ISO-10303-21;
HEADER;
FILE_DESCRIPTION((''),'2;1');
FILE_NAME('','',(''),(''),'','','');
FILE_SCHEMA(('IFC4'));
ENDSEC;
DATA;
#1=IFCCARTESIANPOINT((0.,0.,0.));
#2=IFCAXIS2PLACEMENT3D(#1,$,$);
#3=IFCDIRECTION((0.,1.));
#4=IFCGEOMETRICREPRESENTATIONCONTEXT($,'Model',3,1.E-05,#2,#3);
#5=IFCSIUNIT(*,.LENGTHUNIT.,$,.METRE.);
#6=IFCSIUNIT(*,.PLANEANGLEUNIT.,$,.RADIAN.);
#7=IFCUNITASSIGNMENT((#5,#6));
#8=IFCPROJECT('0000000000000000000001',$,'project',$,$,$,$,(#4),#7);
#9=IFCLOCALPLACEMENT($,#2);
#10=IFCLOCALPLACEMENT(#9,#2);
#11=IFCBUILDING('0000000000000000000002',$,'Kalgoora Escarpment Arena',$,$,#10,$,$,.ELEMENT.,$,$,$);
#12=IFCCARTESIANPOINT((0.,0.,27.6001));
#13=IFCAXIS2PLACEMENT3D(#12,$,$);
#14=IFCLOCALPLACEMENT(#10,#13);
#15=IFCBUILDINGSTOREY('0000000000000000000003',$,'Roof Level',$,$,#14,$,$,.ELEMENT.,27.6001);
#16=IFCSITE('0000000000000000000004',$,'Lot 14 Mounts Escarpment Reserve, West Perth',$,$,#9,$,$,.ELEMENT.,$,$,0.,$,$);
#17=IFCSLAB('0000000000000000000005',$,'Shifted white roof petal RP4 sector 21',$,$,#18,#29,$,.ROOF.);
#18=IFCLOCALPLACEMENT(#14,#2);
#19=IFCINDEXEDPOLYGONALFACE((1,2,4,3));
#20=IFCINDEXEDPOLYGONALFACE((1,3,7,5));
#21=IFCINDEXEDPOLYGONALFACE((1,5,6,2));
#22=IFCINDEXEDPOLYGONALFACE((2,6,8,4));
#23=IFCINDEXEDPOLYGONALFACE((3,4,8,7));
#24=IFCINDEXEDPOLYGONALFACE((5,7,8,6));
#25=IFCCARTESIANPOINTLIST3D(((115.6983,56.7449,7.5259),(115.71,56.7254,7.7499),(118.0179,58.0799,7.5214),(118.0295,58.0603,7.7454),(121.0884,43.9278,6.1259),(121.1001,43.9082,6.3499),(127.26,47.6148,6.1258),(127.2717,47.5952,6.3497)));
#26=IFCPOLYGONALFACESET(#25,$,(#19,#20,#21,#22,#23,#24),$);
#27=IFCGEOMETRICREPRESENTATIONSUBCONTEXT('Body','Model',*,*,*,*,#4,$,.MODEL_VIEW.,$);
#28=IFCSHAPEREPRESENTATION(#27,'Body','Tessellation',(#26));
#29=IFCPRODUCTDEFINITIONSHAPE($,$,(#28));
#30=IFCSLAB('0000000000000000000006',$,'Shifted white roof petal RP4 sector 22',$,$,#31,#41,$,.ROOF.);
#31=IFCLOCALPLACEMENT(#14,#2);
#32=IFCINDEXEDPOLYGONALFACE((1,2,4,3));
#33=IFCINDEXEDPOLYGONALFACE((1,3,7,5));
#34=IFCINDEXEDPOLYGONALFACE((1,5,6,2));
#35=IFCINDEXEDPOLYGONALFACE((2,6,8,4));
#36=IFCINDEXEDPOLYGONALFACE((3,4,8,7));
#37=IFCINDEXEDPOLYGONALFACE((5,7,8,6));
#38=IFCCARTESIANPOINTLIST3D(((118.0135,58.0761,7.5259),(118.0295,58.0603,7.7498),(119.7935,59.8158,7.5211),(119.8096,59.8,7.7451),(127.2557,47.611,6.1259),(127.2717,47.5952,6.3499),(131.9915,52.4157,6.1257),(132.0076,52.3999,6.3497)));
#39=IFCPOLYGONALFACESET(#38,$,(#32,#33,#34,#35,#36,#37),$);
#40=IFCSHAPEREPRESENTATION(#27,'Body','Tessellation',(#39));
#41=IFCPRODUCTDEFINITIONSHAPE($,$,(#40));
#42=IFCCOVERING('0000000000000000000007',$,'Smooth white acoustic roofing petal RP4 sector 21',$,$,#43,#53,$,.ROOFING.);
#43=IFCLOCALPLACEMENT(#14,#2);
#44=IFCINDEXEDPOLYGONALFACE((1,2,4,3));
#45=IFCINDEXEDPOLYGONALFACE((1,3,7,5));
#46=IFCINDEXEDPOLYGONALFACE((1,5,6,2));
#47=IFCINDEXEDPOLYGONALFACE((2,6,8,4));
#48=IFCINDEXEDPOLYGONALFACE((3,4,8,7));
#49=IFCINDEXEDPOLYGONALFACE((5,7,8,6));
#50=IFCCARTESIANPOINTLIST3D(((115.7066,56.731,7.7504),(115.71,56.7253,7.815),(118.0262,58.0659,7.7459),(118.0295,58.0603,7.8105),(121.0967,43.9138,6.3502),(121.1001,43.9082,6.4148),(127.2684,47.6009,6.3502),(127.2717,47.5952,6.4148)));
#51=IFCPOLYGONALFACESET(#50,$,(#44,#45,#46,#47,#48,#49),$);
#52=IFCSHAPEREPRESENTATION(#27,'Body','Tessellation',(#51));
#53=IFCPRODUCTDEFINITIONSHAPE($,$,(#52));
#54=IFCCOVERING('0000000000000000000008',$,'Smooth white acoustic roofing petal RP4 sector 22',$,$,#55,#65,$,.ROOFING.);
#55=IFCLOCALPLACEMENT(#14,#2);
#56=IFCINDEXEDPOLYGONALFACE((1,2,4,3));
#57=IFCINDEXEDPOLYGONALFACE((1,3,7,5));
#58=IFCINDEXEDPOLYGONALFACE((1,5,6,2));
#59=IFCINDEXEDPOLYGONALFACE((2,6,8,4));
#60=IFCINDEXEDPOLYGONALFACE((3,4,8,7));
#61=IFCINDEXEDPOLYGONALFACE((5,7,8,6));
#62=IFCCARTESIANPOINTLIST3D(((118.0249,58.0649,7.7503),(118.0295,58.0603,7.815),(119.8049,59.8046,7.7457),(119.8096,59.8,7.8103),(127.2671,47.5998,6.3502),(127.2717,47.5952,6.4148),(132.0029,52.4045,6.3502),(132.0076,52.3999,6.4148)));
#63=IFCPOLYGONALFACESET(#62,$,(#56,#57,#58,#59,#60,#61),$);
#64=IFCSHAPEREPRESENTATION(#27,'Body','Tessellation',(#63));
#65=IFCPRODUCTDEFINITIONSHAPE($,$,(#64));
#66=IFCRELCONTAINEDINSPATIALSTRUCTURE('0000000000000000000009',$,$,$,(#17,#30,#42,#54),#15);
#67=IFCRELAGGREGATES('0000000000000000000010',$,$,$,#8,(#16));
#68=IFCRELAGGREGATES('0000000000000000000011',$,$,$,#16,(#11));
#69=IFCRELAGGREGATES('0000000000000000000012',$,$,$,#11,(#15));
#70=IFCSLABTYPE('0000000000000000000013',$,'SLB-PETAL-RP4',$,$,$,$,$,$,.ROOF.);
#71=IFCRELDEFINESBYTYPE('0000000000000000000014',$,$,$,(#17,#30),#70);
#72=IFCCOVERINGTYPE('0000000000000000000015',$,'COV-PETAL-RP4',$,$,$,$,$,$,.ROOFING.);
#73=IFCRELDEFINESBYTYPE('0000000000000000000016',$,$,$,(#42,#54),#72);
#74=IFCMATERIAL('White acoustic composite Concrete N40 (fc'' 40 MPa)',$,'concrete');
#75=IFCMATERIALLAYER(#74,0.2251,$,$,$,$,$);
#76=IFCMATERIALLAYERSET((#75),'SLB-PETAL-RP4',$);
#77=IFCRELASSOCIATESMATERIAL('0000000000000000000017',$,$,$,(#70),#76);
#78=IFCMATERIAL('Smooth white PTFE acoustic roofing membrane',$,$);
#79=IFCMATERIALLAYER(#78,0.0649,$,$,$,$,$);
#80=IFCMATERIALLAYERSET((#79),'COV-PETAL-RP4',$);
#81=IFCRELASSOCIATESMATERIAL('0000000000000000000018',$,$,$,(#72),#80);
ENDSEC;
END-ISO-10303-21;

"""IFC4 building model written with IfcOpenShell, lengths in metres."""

from ifc_helpers import new_model, si_unit, direction, frame, origin, place, context, subcontext, project, spatial, polyline, outline, extrude, material, layer, layer_set, type_object, element, save


model = new_model("IFC4")

# Units and contexts
model_context = context("Model", 3, precision=1e-05, world=origin(), true_north=direction((0.0, 1.0)))
body_context = subcontext(model_context, "Body", "Model", "MODEL_VIEW")
ifc_project = project(units=[si_unit("LENGTHUNIT", "METRE"), si_unit("PLANEANGLEUNIT", "RADIAN")], contexts=[model_context])

# Site, building, storey
site_placement = place(None, origin())
site = spatial("IfcSite", under=ifc_project, at=site_placement, Name="Lot 14 Mounts Escarpment Reserve, West Perth", CompositionType="ELEMENT", RefElevation=0.0)
building_placement = place(site_placement, origin())
building = spatial("IfcBuilding", under=site, at=building_placement, Name="Kalgoora Escarpment Arena", CompositionType="ELEMENT")
storey_placement = place(building_placement, frame((0.0, 0.0, 27.6001)))
storey = spatial("IfcBuildingStorey", under=building, at=storey_placement, Name="Roof Level", CompositionType="ELEMENT", Elevation=27.6001)

# Slabs
ifc_material_1 = material(Name="White acoustic composite Concrete N40 (fc' 40 MPa)", Category="concrete")
ifc_layer_1 = layer(ifc_material_1, 0.2251)
ifc_layer_set_1 = layer_set([ifc_layer_1], Name="SLB-PETAL-RP4")
slab_type = type_object("IfcSlabType", Name="SLB-PETAL-RP4", PredefinedType="ROOF", material=ifc_layer_set_1)
slab_1_placement = place(storey_placement, frame((121.1001, 43.9082, 6.3499), z_axis=(0.051904, -0.08684, 0.994869), x_axis=(0.85847, 0.512864, -0.000021)))
element("IfcSlab", 1, at=slab_1_placement, inside=storey, type_object=slab_type, Name="Shifted white roof petal RP4 sector 21", PredefinedType="ROOF", context=body_context, shape_type="SweptSolid", body=[
    extrude(outline(polyline([(0.0, 0.0), (7.1891, 0.0), (4.6221, 13.7947), (1.9461, 13.8386), (0.0, 0.0)])), origin(), (0.0, 0.0, -1.0), 0.2251),
])
slab_2_placement = place(storey_placement, frame((127.2717, 47.5952, 6.3499), z_axis=(0.071242, -0.070189, 0.994986), x_axis=(0.701984, 0.712193, -0.000023)))
element("IfcSlab", 2, at=slab_2_placement, inside=storey, type_object=slab_type, Name="Shifted white roof petal RP4 sector 22", PredefinedType="ROOF", context=body_context, shape_type="SweptSolid", body=[
    extrude(outline(polyline([(0.0, 0.0), (6.7463, 0.0), (3.4538, 13.952), (0.9653, 13.9987), (0.0, 0.0)])), origin(), (0.0, 0.0, -1.0), 0.2251),
])

# Coverings
ifc_material_2 = material(Name="Smooth white PTFE acoustic roofing membrane")
ifc_layer_2 = layer(ifc_material_2, 0.0649)
ifc_layer_set_2 = layer_set([ifc_layer_2], Name="COV-PETAL-RP4")
covering_type = type_object("IfcCoveringType", Name="COV-PETAL-RP4", PredefinedType="ROOFING", material=ifc_layer_set_2)
covering_1_placement = place(storey_placement, frame((121.1001, 43.9082, 6.4148), z_axis=(0.051887, -0.086861, 0.994868), x_axis=(0.858471, 0.512861, 0.000004)))
element("IfcCovering", 3, at=covering_1_placement, inside=storey, type_object=covering_type, Name="Smooth white acoustic roofing petal RP4 sector 21", PredefinedType="ROOFING", context=body_context, shape_type="SweptSolid", body=[
    extrude(outline(polyline([(0.0, 0.0), (7.1891, 0.0), (4.6221, 13.7947), (1.9461, 13.8386), (0.0, 0.0)])), origin(), (0.0, 0.0, -1.0), 0.0649),
])
covering_2_placement = place(storey_placement, frame((127.2717, 47.5952, 6.4148), z_axis=(0.071232, -0.070215, 0.994985), x_axis=(0.701986, 0.712191, 0.000003)))
element("IfcCovering", 4, at=covering_2_placement, inside=storey, type_object=covering_type, Name="Smooth white acoustic roofing petal RP4 sector 22", PredefinedType="ROOFING", context=body_context, shape_type="SweptSolid", body=[
    extrude(outline(polyline([(0.0, 0.0), (6.7463, 0.0), (3.4538, 13.9521), (0.9653, 13.9987), (0.0, 0.0)])), origin(), (0.0, 0.0, -1.0), 0.0649),
])

save(model, "model.ifc")
